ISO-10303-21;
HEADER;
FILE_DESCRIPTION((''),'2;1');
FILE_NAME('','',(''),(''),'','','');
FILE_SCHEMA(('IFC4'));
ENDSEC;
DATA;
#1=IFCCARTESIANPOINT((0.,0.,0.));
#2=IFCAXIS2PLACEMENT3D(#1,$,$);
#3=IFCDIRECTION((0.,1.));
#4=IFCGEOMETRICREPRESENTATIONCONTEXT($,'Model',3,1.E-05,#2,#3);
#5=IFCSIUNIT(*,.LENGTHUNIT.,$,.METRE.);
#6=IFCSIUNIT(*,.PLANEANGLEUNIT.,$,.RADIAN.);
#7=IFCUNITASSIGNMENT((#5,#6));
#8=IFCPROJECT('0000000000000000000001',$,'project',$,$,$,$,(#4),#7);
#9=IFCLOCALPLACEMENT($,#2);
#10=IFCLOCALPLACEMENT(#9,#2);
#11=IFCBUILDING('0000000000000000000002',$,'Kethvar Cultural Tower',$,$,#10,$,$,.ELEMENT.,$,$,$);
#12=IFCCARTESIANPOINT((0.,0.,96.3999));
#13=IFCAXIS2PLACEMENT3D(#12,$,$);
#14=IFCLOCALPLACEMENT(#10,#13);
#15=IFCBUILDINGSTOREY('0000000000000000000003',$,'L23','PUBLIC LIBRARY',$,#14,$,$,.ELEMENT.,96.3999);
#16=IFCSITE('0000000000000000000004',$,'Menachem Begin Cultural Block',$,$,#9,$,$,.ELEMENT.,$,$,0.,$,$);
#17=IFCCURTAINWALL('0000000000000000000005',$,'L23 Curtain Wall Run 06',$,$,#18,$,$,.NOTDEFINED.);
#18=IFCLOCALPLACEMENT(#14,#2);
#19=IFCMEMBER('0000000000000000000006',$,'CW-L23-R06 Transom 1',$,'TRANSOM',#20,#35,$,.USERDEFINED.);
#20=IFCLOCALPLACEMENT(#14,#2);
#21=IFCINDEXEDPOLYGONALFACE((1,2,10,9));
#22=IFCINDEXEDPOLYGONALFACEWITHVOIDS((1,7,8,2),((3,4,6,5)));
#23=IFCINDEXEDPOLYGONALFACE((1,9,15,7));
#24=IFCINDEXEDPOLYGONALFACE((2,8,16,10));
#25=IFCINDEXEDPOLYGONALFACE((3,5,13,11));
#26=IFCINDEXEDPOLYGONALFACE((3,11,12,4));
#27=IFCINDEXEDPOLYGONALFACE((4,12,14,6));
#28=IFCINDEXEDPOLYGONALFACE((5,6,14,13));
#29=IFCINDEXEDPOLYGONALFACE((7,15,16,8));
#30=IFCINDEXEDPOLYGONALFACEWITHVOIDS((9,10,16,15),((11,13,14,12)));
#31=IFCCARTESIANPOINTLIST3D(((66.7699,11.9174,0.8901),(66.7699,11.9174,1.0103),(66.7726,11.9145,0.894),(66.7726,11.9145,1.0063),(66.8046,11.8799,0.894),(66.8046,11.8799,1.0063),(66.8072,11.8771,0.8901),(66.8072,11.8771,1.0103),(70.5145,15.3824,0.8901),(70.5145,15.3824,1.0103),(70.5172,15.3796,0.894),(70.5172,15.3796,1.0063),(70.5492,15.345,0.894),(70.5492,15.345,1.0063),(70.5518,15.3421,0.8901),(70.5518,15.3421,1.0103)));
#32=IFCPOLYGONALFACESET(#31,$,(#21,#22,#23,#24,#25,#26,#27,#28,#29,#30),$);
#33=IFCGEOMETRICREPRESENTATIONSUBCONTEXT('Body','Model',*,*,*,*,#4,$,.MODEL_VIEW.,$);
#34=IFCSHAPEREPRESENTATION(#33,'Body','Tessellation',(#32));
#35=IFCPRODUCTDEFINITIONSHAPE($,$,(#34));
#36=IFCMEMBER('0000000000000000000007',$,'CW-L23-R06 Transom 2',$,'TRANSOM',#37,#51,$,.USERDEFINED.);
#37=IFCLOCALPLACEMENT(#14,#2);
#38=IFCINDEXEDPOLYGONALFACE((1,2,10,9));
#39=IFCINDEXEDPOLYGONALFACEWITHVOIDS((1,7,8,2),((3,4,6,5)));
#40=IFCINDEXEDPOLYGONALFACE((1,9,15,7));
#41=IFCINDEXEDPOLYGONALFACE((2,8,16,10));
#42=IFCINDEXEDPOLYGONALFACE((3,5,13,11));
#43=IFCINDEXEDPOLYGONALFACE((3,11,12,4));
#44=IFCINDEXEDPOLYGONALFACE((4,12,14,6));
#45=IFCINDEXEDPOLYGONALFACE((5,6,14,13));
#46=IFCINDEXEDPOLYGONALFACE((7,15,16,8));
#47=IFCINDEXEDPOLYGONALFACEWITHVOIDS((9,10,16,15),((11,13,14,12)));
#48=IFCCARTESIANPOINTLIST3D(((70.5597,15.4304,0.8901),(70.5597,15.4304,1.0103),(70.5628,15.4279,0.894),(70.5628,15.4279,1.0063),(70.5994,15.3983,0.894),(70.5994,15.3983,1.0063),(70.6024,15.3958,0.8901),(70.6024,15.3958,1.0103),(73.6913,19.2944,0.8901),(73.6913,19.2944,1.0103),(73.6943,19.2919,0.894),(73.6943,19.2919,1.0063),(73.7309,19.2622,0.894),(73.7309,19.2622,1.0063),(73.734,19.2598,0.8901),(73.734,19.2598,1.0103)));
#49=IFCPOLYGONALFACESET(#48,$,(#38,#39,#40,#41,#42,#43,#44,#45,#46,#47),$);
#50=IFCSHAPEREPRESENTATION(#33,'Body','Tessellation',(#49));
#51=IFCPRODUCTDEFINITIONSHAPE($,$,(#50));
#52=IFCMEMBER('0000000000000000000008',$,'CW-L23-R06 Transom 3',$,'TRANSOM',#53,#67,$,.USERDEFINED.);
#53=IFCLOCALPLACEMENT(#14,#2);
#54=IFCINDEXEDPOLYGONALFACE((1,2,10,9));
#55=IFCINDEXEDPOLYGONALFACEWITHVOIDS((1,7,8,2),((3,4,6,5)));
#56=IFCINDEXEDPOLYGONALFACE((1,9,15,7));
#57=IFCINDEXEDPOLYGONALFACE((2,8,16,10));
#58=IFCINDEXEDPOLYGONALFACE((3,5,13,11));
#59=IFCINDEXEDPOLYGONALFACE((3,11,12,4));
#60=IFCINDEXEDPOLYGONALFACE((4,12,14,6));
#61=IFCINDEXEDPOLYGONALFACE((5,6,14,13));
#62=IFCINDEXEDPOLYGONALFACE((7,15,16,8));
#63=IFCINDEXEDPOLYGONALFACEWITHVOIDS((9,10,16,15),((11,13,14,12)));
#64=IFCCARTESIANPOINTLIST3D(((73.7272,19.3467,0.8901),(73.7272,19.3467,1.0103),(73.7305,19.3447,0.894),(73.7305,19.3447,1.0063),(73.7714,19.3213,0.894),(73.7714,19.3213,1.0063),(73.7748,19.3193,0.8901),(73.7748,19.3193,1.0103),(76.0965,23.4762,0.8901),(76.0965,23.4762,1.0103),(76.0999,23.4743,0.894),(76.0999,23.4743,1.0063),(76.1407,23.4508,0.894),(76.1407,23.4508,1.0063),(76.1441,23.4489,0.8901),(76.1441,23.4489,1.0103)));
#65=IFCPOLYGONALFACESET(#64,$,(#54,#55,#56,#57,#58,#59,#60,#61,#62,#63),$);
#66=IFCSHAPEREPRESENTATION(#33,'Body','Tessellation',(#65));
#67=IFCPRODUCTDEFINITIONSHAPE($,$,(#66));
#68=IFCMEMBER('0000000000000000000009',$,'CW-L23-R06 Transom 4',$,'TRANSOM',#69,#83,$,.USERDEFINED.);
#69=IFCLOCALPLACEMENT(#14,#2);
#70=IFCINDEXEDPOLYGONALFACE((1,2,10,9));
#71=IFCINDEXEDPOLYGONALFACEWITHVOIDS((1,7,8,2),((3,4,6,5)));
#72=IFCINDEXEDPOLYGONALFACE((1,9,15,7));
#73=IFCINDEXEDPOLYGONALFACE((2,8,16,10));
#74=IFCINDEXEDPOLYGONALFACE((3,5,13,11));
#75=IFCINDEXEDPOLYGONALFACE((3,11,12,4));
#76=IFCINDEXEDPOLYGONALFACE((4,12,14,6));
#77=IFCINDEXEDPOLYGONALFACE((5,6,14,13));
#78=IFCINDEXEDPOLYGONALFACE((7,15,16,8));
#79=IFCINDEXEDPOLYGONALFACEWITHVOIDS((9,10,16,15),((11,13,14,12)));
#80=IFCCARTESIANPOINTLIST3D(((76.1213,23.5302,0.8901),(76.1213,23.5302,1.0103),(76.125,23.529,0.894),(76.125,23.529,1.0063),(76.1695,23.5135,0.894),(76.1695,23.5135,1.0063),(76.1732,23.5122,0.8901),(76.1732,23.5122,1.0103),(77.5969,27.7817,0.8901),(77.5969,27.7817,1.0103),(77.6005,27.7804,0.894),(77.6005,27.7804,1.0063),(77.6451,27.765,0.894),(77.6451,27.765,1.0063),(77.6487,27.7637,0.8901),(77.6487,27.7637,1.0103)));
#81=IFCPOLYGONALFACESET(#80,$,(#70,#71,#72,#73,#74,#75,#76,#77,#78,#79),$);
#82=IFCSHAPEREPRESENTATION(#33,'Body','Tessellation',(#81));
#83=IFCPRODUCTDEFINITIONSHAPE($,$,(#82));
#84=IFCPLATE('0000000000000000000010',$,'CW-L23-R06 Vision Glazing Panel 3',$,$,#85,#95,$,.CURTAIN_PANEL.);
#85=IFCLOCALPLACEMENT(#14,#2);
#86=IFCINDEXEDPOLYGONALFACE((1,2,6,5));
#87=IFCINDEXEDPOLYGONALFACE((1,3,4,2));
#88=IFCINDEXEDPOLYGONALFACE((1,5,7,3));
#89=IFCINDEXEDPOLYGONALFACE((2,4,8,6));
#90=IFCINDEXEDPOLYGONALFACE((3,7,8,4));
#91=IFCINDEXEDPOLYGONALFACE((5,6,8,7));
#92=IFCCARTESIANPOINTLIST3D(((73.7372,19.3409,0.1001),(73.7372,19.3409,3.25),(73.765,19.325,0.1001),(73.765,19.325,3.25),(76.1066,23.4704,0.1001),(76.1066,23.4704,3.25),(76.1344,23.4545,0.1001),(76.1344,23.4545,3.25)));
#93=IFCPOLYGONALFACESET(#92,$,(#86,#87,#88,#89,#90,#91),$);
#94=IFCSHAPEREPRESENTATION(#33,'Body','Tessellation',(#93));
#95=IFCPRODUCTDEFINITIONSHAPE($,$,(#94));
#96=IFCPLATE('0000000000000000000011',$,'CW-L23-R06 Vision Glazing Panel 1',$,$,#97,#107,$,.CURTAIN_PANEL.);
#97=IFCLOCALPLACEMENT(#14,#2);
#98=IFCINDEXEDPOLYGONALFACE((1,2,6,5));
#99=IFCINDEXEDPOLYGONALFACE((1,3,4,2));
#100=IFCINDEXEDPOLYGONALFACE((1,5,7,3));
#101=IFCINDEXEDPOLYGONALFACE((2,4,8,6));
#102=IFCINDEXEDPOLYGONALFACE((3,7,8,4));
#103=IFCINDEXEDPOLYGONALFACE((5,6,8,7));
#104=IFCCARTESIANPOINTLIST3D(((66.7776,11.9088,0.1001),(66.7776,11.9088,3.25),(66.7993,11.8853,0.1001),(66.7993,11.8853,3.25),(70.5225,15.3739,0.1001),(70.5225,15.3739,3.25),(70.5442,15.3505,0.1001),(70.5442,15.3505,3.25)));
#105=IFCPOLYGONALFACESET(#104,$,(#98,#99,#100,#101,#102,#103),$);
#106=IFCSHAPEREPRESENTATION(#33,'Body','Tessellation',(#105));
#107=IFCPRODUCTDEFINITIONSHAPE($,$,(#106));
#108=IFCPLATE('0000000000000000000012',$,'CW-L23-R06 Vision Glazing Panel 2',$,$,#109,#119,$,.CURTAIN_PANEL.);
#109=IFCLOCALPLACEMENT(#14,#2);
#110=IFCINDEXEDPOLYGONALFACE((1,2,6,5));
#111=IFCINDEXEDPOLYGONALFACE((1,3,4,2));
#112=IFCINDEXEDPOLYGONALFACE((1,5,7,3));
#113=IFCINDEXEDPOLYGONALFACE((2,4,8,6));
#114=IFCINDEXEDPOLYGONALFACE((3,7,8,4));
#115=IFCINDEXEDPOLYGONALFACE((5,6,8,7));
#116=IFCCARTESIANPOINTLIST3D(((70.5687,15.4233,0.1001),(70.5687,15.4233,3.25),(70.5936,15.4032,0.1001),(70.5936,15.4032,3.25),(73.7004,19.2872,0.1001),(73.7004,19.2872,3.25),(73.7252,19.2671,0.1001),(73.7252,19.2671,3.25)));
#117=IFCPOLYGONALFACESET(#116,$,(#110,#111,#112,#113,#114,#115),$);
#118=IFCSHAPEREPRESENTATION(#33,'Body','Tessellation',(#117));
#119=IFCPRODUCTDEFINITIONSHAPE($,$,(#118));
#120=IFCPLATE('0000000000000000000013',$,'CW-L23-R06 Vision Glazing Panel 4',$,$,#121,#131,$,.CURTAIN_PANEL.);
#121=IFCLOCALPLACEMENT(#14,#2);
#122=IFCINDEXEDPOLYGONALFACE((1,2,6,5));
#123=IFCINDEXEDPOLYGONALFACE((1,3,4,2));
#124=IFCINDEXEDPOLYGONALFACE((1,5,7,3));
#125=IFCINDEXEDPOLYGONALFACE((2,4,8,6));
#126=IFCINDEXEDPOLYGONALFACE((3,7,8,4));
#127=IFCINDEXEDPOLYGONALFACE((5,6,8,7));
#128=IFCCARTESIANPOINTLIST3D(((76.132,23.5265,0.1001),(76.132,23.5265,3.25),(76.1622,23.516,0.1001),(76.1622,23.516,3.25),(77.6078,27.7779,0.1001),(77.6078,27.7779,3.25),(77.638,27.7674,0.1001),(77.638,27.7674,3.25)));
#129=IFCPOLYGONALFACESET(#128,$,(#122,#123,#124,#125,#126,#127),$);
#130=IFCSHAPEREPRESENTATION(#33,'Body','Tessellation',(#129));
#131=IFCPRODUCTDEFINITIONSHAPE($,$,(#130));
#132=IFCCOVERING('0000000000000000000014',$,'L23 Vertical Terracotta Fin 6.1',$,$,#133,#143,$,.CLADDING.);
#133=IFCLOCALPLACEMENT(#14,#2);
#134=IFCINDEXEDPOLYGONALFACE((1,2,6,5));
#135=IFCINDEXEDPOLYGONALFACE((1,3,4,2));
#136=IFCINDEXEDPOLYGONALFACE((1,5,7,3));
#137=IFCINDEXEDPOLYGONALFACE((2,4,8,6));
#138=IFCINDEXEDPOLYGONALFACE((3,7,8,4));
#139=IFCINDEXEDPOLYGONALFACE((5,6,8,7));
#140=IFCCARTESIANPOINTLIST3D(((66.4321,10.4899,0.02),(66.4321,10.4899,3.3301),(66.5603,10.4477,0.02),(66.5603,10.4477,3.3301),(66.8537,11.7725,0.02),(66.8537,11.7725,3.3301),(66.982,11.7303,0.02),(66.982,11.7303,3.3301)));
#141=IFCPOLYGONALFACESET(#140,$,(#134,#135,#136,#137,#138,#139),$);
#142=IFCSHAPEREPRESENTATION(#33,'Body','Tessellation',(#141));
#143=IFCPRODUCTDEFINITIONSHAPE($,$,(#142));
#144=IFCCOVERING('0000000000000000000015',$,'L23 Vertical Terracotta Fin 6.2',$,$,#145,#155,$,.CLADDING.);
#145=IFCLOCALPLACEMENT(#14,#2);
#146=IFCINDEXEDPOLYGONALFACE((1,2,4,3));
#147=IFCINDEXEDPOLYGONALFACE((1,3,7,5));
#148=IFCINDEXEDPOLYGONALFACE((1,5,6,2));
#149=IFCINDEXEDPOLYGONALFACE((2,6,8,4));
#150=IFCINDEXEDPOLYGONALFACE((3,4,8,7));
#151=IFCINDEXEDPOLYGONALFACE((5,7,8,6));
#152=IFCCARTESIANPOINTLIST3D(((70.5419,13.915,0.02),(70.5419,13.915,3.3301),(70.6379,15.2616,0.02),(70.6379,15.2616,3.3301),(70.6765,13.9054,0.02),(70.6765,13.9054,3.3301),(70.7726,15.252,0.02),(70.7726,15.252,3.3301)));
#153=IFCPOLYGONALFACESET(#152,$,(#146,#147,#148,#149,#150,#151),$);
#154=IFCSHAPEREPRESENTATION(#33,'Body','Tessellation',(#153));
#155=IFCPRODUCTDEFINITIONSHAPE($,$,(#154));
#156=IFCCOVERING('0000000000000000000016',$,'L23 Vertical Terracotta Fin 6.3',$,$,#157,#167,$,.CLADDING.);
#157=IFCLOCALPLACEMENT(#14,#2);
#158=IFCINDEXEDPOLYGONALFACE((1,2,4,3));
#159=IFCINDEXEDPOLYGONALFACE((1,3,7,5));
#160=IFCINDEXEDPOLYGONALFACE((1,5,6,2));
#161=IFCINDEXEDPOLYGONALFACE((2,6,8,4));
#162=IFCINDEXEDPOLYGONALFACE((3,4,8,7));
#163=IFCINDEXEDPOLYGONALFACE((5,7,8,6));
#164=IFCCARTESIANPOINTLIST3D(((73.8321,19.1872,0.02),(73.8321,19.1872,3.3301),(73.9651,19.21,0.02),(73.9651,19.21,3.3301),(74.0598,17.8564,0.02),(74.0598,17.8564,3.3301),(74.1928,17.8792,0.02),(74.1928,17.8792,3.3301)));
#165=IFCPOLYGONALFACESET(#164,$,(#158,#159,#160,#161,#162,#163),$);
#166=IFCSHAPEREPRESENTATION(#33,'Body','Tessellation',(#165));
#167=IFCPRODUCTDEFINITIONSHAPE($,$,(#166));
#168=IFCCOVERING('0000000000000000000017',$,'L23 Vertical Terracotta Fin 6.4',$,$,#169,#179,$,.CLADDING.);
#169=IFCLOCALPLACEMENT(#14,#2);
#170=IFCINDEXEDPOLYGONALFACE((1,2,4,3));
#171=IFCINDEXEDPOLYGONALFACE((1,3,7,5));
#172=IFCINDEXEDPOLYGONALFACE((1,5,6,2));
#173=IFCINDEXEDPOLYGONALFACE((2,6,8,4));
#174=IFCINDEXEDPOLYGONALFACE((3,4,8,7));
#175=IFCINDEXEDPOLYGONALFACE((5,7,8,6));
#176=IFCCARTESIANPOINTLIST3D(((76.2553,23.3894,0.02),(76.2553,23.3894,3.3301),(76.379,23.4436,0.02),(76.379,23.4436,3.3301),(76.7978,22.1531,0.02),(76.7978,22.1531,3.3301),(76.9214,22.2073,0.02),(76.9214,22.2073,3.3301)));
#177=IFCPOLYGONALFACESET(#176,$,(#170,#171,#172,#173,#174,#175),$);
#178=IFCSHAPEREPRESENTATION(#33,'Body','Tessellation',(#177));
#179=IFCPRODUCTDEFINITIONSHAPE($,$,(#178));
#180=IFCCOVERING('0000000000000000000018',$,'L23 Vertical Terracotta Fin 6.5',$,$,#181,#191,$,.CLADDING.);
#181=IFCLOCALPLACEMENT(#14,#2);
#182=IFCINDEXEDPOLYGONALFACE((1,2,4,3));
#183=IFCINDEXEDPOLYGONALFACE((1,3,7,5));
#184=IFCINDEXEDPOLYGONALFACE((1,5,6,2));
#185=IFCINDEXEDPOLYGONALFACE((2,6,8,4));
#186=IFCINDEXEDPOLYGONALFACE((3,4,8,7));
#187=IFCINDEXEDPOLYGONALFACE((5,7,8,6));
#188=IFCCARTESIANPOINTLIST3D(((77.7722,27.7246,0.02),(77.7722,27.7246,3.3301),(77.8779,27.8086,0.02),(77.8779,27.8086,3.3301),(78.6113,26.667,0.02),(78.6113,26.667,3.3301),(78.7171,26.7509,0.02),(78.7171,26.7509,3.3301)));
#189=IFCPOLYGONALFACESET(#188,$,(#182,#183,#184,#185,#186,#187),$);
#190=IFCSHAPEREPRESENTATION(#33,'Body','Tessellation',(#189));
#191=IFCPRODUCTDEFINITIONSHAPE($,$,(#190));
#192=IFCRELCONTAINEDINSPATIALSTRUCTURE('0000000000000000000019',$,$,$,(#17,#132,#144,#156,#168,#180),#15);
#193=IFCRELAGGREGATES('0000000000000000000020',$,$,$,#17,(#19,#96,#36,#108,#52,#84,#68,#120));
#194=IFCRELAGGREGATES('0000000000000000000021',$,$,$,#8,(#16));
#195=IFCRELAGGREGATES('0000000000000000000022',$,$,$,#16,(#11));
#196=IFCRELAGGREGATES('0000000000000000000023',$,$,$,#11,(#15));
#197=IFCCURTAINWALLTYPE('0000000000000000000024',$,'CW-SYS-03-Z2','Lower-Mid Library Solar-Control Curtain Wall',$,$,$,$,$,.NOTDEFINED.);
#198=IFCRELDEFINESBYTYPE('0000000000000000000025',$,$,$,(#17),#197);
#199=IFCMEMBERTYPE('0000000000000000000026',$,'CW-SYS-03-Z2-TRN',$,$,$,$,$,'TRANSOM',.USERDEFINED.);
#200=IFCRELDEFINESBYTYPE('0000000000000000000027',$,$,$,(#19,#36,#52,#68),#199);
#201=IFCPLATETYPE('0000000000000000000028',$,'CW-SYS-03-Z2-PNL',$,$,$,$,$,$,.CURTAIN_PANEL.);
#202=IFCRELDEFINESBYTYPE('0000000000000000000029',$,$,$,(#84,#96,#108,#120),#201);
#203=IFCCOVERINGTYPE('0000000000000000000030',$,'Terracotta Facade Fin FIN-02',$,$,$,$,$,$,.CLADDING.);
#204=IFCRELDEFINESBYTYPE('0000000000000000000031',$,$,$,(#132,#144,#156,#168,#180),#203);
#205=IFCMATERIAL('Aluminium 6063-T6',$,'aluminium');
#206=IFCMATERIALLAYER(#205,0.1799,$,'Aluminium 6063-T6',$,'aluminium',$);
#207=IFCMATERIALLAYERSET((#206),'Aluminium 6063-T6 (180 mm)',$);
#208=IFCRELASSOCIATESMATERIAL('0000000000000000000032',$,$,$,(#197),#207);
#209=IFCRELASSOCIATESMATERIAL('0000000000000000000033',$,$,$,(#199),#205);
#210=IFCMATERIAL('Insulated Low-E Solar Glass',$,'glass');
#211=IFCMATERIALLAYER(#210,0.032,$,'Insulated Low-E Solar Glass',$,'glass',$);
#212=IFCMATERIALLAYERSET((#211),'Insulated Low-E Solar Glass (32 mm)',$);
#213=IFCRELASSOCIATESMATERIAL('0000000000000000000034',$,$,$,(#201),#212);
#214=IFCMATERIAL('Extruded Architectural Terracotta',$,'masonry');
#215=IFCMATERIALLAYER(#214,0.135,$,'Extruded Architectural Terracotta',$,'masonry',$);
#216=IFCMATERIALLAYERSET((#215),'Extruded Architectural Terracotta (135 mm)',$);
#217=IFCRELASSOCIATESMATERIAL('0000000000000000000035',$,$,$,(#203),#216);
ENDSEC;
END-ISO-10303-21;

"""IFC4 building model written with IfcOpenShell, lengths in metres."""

from ifc_helpers import new_model, si_unit, direction, frame, origin, origin_2d, place, context, subcontext, project, spatial, rectangle, hollow_rectangle, extrude, source, transform, mapped, material, layer, layer_set, material_profile, profile_set, type_object, element, aggregate, save


model = new_model("IFC4")

# Units and contexts
model_context = context("Model", 3, precision=1e-05, world=origin(), true_north=direction((0.0, 1.0)))
body_context = subcontext(model_context, "Body", "Model", "MODEL_VIEW")
ifc_project = project(units=[si_unit("LENGTHUNIT", "METRE"), si_unit("PLANEANGLEUNIT", "RADIAN")], contexts=[model_context])

# Site, building, storey
site_placement = place(None, origin())
site = spatial("IfcSite", under=ifc_project, at=site_placement, Name="Menachem Begin Cultural Block", CompositionType="ELEMENT", RefElevation=0.0)
building_placement = place(site_placement, origin())
building = spatial("IfcBuilding", under=site, at=building_placement, Name="Kethvar Cultural Tower", CompositionType="ELEMENT")
storey_placement = place(building_placement, frame((0.0, 0.0, 96.3999)))
storey = spatial("IfcBuildingStorey", under=building, at=storey_placement, Name="L23", Description="PUBLIC LIBRARY", CompositionType="ELEMENT", Elevation=96.3999)

# Shared definitions
ifc_material_1 = material(Name="Aluminium 6063-T6", Category="aluminium")
ifc_layer_1 = layer(ifc_material_1, 0.1799, Name="Aluminium 6063-T6", Category="aluminium")
ifc_layer_set_1 = layer_set([ifc_layer_1], Name="Aluminium 6063-T6 (180 mm)")
curtain_wall_type = type_object("IfcCurtainWallType", Name="CW-SYS-03-Z2", Description="Lower-Mid Library Solar-Control Curtain Wall", PredefinedType="NOTDEFINED", material=ifc_layer_set_1)

# Curtain wall, members, plates
curtain_wall_1_placement = place(storey_placement, origin())
curtain_wall_1 = element("IfcCurtainWall", 1, at=curtain_wall_1_placement, inside=storey, type_object=curtain_wall_type, Name="L23 Curtain Wall Run 06", PredefinedType="NOTDEFINED")
ifc_material_profile_1 = material_profile(ifc_material_1, hollow_rectangle(XDim=0.0549, YDim=0.1201, WallThickness=0.0039, at=origin_2d()), Name="Aluminium 6063-T6 — RHS120x55x4")
ifc_profile_set_1 = profile_set([ifc_material_profile_1], Name="Aluminium 6063-T6 — RHS120x55x4")
member_type_1 = type_object("IfcMemberType", Name="CW-SYS-03-Z2-TRN", ElementType="TRANSOM", PredefinedType="USERDEFINED", material=ifc_profile_set_1)
shared_shape_1 = source(origin(), body_context, "Body", "SweptSolid", [
    extrude(hollow_rectangle(XDim=0.0549, YDim=0.1201, WallThickness=0.0039, at=origin_2d()), origin(), (0.0, 0.0, 1.0), 5.1018),
])
member_1_placement = place(storey_placement, frame((66.7886, 11.8972, 0.9502), z_axis=(0.733972, 0.67918, 0.0), x_axis=(-0.67918, 0.733972, 0.0)))
member_1 = element("IfcMember", 2, at=member_1_placement, type_object=member_type_1, Name="CW-L23-R06 Transom 1", ObjectType="TRANSOM", PredefinedType="USERDEFINED", context=body_context, shape_type="MappedRepresentation", body=[
    mapped(shared_shape_1, transform((0.0, 0.0, 0.0), scale=1.0)),
])
shared_shape_2 = source(origin(), body_context, "Body", "SweptSolid", [
    extrude(hollow_rectangle(XDim=0.0549, YDim=0.1201, WallThickness=0.0039, at=origin_2d()), origin(), (0.0, 0.0, 1.0), 4.9736),
])
member_2_placement = place(storey_placement, frame((70.5811, 15.4131, 0.9502), z_axis=(0.629633, 0.776893, 0.0), x_axis=(-0.776893, 0.629633, 0.0)))
member_2 = element("IfcMember", 3, at=member_2_placement, type_object=member_type_1, Name="CW-L23-R06 Transom 2", ObjectType="TRANSOM", PredefinedType="USERDEFINED", context=body_context, shape_type="MappedRepresentation", body=[
    mapped(shared_shape_2, transform((0.0, 0.0, 0.0), scale=1.0)),
])
shared_shape_3 = source(origin(), body_context, "Body", "SweptSolid", [
    extrude(hollow_rectangle(XDim=0.0549, YDim=0.1201, WallThickness=0.0039, at=origin_2d()), origin(), (0.0, 0.0, 1.0), 4.761),
])
member_3_placement = place(storey_placement, frame((73.751, 19.333, 0.9502), z_axis=(0.497657, 0.867374, 0.0), x_axis=(-0.867374, 0.497657, 0.0)))
member_3 = element("IfcMember", 4, at=member_3_placement, type_object=member_type_1, Name="CW-L23-R06 Transom 3", ObjectType="TRANSOM", PredefinedType="USERDEFINED", context=body_context, shape_type="MappedRepresentation", body=[
    mapped(shared_shape_3, transform((0.0, 0.0, 0.0), scale=1.0)),
])
shared_shape_4 = source(origin(), body_context, "Body", "SweptSolid", [
    extrude(hollow_rectangle(XDim=0.0549, YDim=0.1201, WallThickness=0.0039, at=origin_2d()), origin(), (0.0, 0.0, 1.0), 4.5002),
])
member_4_placement = place(storey_placement, frame((76.1472, 23.5212, 0.9502), z_axis=(0.327889, 0.944716, 0.0), x_axis=(-0.944716, 0.327889, 0.0)))
member_4 = element("IfcMember", 5, at=member_4_placement, type_object=member_type_1, Name="CW-L23-R06 Transom 4", ObjectType="TRANSOM", PredefinedType="USERDEFINED", context=body_context, shape_type="MappedRepresentation", body=[
    mapped(shared_shape_4, transform((0.0, 0.0, 0.0), scale=1.0)),
])
ifc_material_2 = material(Name="Insulated Low-E Solar Glass", Category="glass")
ifc_layer_2 = layer(ifc_material_2, 0.032, Name="Insulated Low-E Solar Glass", Category="glass")
ifc_layer_set_2 = layer_set([ifc_layer_2], Name="Insulated Low-E Solar Glass (32 mm)")
plate_type = type_object("IfcPlateType", Name="CW-SYS-03-Z2-PNL", PredefinedType="CURTAIN_PANEL", material=ifc_layer_set_2)
shared_shape_5 = source(origin(), body_context, "Body", "SweptSolid", [
    extrude(rectangle(XDim=4.761, YDim=0.032, at=origin_2d()), origin(), (0.0, 0.0, 1.0), 3.1499),
])
plate_1_placement = place(storey_placement, frame((74.9358, 21.3977, 0.1001), z_axis=(0.0, 0.0, 1.0), x_axis=(0.49767, 0.867366, 0.0)))
plate_1 = element("IfcPlate", 6, at=plate_1_placement, type_object=plate_type, Name="CW-L23-R06 Vision Glazing Panel 3", PredefinedType="CURTAIN_PANEL", context=body_context, shape_type="MappedRepresentation", body=[
    mapped(shared_shape_5, transform((0.0, 0.0, 0.0), scale=1.0)),
])
shared_shape_6 = source(origin(), body_context, "Body", "SweptSolid", [
    extrude(rectangle(XDim=5.1021, YDim=0.032, at=origin_2d()), origin(), (0.0, 0.0, 1.0), 3.1499),
])
plate_2_placement = place(storey_placement, frame((68.6609, 13.6296, 0.1001), z_axis=(0.0, 0.0, 1.0), x_axis=(0.733991, 0.67916, 0.0)))
plate_2 = element("IfcPlate", 7, at=plate_2_placement, type_object=plate_type, Name="CW-L23-R06 Vision Glazing Panel 1", PredefinedType="CURTAIN_PANEL", context=body_context, shape_type="MappedRepresentation", body=[
    mapped(shared_shape_6, transform((0.0, 0.0, 0.0), scale=1.0)),
])
shared_shape_7 = source(origin(), body_context, "Body", "SweptSolid", [
    extrude(rectangle(XDim=4.9736, YDim=0.032, at=origin_2d()), origin(), (0.0, 0.0, 1.0), 3.1499),
])
plate_3_placement = place(storey_placement, frame((72.147, 17.3452, 0.1001), z_axis=(0.0, 0.0, 1.0), x_axis=(0.629646, 0.776882, 0.0)))
plate_3 = element("IfcPlate", 8, at=plate_3_placement, type_object=plate_type, Name="CW-L23-R06 Vision Glazing Panel 2", PredefinedType="CURTAIN_PANEL", context=body_context, shape_type="MappedRepresentation", body=[
    mapped(shared_shape_7, transform((0.0, 0.0, 0.0), scale=1.0)),
])
shared_shape_8 = source(origin(), body_context, "Body", "SweptSolid", [
    extrude(rectangle(XDim=4.5002, YDim=0.032, at=origin_2d()), origin(), (0.0, 0.0, 1.0), 3.1499),
])
plate_4_placement = place(storey_placement, frame((76.885, 25.647, 0.1001), z_axis=(0.0, 0.0, 1.0), x_axis=(0.327927, 0.944703, 0.0)))
plate_4 = element("IfcPlate", 9, at=plate_4_placement, type_object=plate_type, Name="CW-L23-R06 Vision Glazing Panel 4", PredefinedType="CURTAIN_PANEL", context=body_context, shape_type="MappedRepresentation", body=[
    mapped(shared_shape_8, transform((0.0, 0.0, 0.0), scale=1.0)),
])
aggregate(curtain_wall_1, [member_1, plate_2, member_2, plate_3, member_3, plate_1, member_4, plate_4])

# Coverings
ifc_material_3 = material(Name="Extruded Architectural Terracotta", Category="masonry")
ifc_layer_3 = layer(ifc_material_3, 0.135, Name="Extruded Architectural Terracotta", Category="masonry")
ifc_layer_set_3 = layer_set([ifc_layer_3], Name="Extruded Architectural Terracotta (135 mm)")
covering_type = type_object("IfcCoveringType", Name="Terracotta Facade Fin FIN-02", PredefinedType="CLADDING", material=ifc_layer_set_3)
shared_shape_9 = source(origin(), body_context, "Body", "SweptSolid", [
    extrude(rectangle(XDim=1.3501, YDim=0.135, at=origin_2d()), origin(), (0.0, 0.0, 1.0), 3.3101),
])
for number, where, z_axis, x_axis, name in (
    (10, (66.707, 11.1101, 0.02), (0.0, 0.0, 1.0), (-0.312335, -0.949972, 0.0), "L23 Vertical Terracotta Fin 6.1"),
    (11, (70.6572, 14.5835, 0.02), (0.0, 0.0, 1.0), (-0.071149, -0.997466, 0.0), "L23 Vertical Terracotta Fin 6.2"),
    (12, (74.0125, 18.5332, 0.02), (0.0, 0.0, 1.0), (0.168661, -0.985674, 0.0), "L23 Vertical Terracotta Fin 6.3"),
    (13, (76.5884, 22.7983, 0.02), (0.0, 0.0, 1.0), (0.401788, -0.915733, 0.0), "L23 Vertical Terracotta Fin 6.4"),
    (14, (78.2446, 27.2378, 0.02), (0.0, 0.0, 1.0), (0.621558, -0.783368, 0.0), "L23 Vertical Terracotta Fin 6.5"),
):
    element("IfcCovering", number, at=place(storey_placement, frame(where, z_axis=z_axis, x_axis=x_axis)), inside=storey, type_object=covering_type, Name=name, PredefinedType="CLADDING", context=body_context, shape_type="MappedRepresentation", body=[
        mapped(shared_shape_9, transform((0.0, 0.0, 0.0), scale=1.0)),
    ])

save(model, "model.ifc")
